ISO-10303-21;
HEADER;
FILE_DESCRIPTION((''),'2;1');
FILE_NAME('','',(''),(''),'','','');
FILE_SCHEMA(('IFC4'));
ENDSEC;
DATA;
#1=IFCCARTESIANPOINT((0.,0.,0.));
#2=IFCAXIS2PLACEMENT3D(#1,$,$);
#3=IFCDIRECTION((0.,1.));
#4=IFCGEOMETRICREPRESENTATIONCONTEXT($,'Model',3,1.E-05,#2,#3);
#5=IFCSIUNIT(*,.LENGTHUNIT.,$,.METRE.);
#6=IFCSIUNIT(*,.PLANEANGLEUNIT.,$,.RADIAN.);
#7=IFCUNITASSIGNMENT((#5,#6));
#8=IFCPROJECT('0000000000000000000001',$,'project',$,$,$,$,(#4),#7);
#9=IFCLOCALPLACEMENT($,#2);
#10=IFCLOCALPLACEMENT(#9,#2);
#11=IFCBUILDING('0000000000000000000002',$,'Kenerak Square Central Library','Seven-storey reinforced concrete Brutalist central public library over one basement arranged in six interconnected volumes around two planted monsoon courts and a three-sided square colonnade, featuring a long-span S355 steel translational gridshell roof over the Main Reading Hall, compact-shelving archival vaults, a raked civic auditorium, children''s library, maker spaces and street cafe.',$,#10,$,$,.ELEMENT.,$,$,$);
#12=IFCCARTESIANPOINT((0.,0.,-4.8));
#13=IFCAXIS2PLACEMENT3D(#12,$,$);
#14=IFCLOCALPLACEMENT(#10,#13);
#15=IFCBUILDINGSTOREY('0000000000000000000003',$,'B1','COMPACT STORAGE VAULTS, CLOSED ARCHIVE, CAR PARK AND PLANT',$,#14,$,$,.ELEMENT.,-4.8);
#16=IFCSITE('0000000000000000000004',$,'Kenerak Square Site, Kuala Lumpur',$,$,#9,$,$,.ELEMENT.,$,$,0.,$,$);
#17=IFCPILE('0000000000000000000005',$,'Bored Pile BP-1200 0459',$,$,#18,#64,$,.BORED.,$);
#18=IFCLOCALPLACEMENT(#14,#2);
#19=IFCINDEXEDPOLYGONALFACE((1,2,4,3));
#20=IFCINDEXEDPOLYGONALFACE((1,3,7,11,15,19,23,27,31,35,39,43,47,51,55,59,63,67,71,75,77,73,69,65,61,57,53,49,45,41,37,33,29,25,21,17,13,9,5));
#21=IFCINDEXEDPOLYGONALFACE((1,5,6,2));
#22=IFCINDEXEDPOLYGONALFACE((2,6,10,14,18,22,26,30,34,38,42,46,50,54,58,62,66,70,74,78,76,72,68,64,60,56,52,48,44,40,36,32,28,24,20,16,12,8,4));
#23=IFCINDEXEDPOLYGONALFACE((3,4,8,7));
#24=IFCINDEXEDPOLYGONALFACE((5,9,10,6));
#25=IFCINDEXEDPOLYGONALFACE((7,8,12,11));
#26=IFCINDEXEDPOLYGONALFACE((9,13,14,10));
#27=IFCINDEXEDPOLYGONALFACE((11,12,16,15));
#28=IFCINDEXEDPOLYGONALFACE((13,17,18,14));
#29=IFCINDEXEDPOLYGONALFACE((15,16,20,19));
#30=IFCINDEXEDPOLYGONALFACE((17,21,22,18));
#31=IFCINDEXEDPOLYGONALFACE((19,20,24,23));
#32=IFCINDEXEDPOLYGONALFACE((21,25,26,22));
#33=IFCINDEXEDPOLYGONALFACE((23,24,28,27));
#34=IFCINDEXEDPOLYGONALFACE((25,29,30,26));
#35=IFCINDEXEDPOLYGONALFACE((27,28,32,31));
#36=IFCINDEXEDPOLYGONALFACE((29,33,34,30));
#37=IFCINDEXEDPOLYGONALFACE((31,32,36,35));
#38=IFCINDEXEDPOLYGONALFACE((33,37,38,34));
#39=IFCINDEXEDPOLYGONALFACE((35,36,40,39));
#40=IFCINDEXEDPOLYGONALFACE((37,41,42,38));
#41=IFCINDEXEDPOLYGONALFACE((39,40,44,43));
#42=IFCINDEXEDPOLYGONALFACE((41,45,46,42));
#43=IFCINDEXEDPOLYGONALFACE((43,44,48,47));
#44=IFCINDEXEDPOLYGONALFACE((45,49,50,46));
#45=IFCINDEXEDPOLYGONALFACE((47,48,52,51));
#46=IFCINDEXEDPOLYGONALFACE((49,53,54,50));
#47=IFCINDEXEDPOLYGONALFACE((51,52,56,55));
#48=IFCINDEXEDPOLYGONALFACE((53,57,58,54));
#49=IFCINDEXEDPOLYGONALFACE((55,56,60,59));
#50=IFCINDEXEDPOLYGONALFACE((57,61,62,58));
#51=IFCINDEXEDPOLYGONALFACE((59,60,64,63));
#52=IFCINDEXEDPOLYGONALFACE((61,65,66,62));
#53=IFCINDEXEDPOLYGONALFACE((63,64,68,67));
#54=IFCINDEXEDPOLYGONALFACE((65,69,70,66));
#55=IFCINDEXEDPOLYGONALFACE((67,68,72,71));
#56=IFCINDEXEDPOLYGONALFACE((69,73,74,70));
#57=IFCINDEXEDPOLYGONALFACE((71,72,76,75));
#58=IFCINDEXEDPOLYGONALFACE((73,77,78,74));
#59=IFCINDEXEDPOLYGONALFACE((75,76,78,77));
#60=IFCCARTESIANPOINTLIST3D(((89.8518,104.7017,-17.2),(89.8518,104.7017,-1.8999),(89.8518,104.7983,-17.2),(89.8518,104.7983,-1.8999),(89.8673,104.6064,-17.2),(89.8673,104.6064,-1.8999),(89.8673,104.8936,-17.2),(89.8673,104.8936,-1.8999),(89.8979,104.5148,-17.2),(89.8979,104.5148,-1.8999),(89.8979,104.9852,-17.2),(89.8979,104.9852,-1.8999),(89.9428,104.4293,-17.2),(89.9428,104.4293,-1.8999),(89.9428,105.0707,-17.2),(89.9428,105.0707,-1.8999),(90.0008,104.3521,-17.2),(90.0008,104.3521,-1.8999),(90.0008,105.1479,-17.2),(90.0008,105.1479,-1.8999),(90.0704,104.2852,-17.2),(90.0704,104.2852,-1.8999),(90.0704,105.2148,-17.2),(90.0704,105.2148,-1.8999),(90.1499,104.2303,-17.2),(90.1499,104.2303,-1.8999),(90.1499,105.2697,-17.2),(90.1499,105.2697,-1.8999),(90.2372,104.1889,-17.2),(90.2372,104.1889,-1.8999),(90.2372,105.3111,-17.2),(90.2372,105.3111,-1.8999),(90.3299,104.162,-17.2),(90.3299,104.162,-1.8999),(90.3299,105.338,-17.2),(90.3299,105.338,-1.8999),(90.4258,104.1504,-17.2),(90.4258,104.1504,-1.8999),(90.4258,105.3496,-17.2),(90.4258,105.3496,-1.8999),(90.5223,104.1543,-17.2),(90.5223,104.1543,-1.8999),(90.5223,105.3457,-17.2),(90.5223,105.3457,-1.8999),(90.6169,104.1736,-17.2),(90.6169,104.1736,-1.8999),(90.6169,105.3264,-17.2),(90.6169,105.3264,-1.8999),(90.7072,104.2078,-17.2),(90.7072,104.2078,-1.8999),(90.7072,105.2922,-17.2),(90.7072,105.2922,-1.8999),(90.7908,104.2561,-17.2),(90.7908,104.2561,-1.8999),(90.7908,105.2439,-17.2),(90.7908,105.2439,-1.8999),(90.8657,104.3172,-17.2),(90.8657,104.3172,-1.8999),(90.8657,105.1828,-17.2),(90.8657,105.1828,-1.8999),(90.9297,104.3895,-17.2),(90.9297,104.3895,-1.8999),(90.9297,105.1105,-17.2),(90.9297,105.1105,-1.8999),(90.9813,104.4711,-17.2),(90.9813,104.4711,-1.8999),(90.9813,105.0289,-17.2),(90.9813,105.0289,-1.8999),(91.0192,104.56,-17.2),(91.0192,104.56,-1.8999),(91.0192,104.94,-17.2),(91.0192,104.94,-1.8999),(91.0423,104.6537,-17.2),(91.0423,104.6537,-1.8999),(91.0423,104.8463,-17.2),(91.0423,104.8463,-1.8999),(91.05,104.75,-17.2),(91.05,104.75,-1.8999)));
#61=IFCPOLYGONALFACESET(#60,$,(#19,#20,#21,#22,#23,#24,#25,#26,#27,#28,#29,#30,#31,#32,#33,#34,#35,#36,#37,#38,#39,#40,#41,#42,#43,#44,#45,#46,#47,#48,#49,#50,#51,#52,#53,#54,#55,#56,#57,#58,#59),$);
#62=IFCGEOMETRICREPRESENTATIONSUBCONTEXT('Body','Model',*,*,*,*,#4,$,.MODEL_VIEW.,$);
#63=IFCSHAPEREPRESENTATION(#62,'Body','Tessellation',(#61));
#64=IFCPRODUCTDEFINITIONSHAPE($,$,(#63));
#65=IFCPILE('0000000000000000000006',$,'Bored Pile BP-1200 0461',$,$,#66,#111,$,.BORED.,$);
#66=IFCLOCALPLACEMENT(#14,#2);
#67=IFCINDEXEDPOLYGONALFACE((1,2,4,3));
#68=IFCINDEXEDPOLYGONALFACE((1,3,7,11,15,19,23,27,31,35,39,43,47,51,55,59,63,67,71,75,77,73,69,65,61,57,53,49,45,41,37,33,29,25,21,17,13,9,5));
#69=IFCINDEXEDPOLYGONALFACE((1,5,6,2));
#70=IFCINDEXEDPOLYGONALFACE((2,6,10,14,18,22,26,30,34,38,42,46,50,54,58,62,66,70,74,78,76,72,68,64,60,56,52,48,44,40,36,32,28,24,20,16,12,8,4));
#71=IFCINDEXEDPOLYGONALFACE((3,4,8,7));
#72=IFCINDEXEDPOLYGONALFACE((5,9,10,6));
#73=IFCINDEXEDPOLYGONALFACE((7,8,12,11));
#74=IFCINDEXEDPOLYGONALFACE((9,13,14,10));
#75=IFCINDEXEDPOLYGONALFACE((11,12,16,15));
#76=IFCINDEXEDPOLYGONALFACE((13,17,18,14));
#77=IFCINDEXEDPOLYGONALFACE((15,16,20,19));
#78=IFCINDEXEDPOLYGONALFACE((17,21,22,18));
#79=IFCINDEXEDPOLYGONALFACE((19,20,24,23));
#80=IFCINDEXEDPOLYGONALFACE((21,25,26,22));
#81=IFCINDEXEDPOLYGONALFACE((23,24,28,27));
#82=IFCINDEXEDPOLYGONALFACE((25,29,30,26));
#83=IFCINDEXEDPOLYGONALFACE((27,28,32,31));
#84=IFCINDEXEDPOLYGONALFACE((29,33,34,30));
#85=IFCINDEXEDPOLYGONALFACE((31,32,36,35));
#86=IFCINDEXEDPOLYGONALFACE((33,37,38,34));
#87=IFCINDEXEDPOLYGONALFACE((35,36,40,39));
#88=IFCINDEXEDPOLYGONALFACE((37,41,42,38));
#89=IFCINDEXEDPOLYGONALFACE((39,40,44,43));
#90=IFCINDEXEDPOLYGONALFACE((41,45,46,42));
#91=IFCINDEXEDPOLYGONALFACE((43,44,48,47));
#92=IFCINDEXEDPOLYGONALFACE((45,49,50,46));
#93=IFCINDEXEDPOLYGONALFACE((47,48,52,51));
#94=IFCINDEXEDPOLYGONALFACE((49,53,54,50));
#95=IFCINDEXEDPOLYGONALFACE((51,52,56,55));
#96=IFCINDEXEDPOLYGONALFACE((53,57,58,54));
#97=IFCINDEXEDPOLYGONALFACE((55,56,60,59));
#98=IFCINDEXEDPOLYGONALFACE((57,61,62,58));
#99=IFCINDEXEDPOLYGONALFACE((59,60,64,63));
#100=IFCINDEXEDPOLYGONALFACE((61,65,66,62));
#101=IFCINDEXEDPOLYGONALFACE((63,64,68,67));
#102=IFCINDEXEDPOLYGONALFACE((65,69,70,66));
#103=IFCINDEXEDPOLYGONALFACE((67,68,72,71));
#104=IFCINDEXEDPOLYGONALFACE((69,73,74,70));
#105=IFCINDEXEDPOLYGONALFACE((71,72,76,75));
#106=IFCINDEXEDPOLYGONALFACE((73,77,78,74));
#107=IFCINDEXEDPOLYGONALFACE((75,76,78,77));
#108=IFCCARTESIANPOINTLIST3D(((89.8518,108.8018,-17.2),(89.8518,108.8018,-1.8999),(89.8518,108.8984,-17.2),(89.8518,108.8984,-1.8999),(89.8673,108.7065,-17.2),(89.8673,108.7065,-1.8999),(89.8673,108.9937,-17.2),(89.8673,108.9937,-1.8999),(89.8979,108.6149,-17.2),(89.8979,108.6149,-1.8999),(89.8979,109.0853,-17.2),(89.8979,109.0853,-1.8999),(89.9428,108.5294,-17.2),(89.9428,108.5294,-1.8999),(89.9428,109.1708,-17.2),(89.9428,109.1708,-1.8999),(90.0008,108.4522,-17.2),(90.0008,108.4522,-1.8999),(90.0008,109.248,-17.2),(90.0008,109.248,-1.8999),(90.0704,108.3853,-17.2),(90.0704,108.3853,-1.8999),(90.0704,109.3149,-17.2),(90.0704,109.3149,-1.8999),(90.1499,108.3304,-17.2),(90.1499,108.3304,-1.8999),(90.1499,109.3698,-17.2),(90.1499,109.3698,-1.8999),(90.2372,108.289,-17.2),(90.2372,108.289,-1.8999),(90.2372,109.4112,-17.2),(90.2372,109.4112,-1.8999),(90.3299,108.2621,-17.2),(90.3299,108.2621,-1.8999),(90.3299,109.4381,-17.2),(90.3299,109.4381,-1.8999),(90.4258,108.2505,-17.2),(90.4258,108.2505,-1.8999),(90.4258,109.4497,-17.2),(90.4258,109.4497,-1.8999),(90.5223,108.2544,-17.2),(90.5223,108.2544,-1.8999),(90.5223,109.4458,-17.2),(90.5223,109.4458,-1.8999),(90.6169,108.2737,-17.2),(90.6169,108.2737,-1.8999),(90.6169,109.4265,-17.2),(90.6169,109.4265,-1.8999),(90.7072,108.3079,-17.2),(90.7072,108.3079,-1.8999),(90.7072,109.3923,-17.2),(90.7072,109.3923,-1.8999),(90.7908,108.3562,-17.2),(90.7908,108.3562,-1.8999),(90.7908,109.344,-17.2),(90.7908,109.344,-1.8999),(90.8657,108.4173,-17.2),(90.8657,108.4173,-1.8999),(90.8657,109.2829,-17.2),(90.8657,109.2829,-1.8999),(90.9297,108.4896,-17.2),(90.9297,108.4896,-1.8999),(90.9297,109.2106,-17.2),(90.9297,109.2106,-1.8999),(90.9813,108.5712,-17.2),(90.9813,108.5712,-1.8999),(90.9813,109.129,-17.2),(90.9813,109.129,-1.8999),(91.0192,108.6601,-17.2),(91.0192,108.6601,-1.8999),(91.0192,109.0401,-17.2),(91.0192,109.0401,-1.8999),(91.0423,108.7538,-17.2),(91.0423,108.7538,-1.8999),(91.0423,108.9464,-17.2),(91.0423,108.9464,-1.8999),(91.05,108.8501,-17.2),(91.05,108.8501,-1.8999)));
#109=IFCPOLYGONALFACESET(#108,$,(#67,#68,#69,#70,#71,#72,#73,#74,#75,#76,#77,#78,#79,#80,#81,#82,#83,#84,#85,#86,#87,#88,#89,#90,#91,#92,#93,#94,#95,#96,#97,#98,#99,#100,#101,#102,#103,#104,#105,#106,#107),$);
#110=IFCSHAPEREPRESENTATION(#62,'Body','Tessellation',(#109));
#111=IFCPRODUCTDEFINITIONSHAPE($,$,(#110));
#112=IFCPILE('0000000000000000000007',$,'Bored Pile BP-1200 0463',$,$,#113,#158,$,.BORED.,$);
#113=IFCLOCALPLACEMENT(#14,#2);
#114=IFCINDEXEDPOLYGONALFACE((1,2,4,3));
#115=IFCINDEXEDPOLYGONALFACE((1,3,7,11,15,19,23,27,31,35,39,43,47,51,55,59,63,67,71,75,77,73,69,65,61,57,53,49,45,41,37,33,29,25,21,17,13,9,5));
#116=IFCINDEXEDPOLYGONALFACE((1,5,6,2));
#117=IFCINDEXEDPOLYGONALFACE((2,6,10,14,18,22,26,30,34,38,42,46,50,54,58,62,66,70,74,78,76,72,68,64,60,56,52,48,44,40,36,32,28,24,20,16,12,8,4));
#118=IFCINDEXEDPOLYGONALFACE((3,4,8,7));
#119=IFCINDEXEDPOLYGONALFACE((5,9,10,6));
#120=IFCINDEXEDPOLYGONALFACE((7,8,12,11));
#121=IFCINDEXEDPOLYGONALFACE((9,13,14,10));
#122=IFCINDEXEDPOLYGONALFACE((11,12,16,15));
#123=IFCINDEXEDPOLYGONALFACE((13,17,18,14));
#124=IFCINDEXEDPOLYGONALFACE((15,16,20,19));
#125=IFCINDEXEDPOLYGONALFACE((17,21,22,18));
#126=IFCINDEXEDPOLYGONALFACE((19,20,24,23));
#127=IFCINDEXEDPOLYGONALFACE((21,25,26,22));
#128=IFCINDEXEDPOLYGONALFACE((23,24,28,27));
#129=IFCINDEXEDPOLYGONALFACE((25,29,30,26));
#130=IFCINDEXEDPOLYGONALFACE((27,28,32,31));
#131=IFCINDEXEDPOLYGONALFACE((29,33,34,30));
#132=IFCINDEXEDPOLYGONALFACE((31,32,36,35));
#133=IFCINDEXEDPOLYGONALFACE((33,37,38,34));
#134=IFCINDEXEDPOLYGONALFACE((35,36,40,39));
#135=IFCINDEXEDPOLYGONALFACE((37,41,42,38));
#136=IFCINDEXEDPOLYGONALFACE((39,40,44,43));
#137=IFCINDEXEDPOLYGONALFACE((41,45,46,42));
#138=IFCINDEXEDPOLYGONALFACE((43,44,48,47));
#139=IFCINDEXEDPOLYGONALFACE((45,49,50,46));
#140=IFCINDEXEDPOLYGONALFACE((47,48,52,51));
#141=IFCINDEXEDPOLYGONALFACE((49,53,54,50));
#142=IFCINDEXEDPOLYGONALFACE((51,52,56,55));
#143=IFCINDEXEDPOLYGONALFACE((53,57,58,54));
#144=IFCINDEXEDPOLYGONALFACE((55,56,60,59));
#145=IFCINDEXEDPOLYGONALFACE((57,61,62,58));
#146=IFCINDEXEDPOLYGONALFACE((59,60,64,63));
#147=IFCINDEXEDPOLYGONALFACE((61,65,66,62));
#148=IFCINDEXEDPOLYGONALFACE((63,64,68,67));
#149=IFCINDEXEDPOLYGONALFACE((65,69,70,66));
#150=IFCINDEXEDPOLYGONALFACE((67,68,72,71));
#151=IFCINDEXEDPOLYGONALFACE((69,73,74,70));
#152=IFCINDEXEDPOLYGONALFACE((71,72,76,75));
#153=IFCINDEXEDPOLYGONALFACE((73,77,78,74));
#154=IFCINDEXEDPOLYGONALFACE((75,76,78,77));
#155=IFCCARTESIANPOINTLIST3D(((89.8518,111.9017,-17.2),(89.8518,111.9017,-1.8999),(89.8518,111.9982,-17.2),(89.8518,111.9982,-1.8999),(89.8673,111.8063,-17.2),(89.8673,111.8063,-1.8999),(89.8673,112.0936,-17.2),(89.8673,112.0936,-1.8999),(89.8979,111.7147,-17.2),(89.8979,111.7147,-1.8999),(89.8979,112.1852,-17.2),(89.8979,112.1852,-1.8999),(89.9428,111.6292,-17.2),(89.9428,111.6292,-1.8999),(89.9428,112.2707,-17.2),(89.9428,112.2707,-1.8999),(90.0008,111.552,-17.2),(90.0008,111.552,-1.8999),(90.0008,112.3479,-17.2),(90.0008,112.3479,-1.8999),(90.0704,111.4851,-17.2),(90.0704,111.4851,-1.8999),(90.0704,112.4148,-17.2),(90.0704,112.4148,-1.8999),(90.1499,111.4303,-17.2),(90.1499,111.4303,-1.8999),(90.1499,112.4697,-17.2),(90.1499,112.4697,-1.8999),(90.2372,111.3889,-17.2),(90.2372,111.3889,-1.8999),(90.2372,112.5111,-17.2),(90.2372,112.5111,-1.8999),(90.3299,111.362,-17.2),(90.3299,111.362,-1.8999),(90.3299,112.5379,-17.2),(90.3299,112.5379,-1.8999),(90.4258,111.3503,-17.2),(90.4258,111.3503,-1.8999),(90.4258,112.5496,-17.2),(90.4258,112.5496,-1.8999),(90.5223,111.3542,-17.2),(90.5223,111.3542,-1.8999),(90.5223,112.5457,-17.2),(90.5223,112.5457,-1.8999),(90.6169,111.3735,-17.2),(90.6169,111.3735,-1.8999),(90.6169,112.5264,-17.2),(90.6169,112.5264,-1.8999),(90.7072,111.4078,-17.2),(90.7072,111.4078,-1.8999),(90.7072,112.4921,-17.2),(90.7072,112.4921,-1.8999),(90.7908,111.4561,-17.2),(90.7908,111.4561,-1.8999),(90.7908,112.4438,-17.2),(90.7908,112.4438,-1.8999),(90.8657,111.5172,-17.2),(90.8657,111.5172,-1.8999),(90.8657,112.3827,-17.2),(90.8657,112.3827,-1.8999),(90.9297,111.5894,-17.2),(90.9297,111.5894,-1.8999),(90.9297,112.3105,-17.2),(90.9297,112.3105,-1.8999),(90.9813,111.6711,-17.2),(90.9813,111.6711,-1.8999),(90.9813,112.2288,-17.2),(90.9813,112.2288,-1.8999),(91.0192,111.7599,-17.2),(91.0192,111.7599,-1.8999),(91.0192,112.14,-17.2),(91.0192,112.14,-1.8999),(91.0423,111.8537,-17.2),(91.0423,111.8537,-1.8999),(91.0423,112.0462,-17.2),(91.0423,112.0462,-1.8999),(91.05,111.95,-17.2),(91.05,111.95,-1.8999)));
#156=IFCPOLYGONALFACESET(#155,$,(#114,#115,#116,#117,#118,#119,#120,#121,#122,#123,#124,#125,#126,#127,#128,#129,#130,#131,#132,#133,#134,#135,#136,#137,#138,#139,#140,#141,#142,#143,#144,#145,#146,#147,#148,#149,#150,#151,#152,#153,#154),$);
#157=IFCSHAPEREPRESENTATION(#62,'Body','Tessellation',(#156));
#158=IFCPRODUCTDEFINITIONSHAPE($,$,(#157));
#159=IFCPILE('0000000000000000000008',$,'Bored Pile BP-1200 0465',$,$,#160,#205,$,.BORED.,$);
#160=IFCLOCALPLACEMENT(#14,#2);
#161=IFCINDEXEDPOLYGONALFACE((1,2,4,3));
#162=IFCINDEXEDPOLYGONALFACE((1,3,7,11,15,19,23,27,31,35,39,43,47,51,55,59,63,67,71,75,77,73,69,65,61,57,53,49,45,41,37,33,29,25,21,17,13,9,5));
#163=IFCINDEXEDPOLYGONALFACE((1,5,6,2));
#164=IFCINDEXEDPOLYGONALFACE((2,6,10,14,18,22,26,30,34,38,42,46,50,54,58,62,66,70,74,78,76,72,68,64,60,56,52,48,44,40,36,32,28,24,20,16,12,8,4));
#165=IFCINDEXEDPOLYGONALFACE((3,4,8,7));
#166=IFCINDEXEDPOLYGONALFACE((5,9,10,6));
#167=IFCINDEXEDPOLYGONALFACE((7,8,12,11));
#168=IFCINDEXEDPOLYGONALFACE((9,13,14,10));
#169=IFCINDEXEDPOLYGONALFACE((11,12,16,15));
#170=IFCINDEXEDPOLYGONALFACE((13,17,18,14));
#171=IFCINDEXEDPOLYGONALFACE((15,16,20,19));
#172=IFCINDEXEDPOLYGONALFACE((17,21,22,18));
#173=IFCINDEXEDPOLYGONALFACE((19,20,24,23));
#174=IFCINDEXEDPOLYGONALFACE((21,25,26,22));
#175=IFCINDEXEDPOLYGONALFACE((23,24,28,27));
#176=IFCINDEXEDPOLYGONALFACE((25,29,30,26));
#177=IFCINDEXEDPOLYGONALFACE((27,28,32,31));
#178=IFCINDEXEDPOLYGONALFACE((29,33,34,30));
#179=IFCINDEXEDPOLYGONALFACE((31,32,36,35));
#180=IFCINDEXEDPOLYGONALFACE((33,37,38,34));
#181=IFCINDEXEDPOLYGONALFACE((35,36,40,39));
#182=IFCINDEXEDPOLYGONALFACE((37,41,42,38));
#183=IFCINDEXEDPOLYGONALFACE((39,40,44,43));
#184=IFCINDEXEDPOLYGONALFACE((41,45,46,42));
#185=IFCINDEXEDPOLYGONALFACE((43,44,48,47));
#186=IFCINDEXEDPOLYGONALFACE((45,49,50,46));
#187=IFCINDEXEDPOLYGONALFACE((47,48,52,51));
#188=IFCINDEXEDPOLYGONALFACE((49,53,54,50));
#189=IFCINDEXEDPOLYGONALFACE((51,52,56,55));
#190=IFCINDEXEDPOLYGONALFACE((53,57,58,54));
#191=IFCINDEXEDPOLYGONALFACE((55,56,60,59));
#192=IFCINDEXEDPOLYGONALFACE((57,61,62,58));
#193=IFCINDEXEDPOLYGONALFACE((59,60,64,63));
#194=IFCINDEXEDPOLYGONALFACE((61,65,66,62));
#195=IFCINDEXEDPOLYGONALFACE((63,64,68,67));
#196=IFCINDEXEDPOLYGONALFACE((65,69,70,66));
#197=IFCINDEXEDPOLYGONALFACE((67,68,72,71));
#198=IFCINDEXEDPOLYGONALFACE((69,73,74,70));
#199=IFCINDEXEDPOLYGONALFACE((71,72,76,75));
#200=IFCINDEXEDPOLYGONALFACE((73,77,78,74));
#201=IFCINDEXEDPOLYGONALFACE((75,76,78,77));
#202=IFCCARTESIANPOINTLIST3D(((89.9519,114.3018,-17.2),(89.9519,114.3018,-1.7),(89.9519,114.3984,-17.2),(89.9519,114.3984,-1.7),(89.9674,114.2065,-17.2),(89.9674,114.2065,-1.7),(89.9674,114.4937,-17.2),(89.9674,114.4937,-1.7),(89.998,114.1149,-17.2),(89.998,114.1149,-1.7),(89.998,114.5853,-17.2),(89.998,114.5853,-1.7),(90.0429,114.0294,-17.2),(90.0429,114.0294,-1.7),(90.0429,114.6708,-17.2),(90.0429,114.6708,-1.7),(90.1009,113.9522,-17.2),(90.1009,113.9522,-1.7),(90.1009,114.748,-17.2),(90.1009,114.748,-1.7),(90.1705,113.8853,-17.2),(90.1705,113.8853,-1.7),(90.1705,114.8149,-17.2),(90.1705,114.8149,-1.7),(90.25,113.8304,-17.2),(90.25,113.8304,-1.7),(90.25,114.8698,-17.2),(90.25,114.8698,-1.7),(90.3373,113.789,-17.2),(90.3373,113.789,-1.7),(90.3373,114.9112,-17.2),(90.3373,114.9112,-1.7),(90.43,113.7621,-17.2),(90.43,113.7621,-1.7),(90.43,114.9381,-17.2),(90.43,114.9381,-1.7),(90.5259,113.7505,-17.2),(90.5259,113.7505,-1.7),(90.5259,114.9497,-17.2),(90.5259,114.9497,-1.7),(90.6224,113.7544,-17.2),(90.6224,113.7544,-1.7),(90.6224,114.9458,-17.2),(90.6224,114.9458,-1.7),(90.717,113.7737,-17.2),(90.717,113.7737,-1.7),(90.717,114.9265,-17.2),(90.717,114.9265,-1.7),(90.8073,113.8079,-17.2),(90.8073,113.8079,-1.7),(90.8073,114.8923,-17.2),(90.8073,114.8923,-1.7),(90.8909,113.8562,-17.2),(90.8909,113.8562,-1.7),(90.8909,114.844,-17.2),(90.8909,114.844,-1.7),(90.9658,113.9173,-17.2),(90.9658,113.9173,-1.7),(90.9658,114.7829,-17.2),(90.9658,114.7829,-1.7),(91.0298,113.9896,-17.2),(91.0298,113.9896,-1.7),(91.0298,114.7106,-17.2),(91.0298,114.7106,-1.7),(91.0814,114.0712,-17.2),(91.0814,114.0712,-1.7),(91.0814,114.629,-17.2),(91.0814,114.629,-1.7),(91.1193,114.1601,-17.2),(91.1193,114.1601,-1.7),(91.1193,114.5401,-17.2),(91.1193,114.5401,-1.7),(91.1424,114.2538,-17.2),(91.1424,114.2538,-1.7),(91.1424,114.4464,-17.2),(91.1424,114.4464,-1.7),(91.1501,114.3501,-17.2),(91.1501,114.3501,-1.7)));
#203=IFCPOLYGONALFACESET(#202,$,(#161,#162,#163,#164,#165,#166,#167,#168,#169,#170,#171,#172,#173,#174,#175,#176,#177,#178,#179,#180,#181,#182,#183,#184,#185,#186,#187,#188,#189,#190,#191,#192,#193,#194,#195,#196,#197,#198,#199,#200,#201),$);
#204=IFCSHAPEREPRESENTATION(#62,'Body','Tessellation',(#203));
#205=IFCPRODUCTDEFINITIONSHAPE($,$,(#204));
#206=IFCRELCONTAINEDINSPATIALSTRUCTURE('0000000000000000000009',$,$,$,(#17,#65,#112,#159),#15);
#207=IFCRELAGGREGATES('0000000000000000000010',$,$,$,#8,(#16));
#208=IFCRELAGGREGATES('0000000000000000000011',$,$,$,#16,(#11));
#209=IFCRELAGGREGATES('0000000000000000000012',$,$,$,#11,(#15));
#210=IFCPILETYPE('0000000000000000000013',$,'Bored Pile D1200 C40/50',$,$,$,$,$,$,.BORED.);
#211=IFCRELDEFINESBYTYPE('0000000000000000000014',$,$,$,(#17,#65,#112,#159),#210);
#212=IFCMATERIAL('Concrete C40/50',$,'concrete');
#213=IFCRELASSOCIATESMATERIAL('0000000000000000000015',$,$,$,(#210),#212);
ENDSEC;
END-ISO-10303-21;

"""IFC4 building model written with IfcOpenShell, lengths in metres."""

from ifc_helpers import new_model, si_unit, direction, frame, origin, origin_2d, place, context, subcontext, project, spatial, circle, extrude, material, material_profile, profile_set, type_object, element, save


model = new_model("IFC4")

# Units and contexts
model_context = context("Model", 3, precision=1e-05, world=origin(), true_north=direction((0.0, 1.0)))
body_context = subcontext(model_context, "Body", "Model", "MODEL_VIEW")
ifc_project = project(units=[si_unit("LENGTHUNIT", "METRE"), si_unit("PLANEANGLEUNIT", "RADIAN")], contexts=[model_context])

# Site, building, storey
site_placement = place(None, origin())
site = spatial("IfcSite", under=ifc_project, at=site_placement, Name="Kenerak Square Site, Kuala Lumpur", CompositionType="ELEMENT", RefElevation=0.0)
building_placement = place(site_placement, origin())
building = spatial("IfcBuilding", under=site, at=building_placement, Name="Kenerak Square Central Library", Description="Seven-storey reinforced concrete Brutalist central public library over one basement arranged in six interconnected volumes around two planted monsoon courts and a three-sided square colonnade, featuring a long-span S355 steel translational gridshell roof over the Main Reading Hall, compact-shelving archival vaults, a raked civic auditorium, children's library, maker spaces and street cafe.", CompositionType="ELEMENT")
storey_placement = place(building_placement, frame((0.0, 0.0, -4.8)))
storey = spatial("IfcBuildingStorey", under=building, at=storey_placement, Name="B1", Description="COMPACT STORAGE VAULTS, CLOSED ARCHIVE, CAR PARK AND PLANT", CompositionType="ELEMENT", Elevation=-4.8)

# Piles
ifc_material_1 = material(Name="Concrete C40/50", Category="concrete")
ifc_material_profile_1 = material_profile(ifc_material_1, circle(Radius=0.6001, at=origin_2d()), Name="BP D1200")
ifc_profile_set_1 = profile_set([ifc_material_profile_1], Name="Concrete C40/50")
pile_type = type_object("IfcPileType", Name="Bored Pile D1200 C40/50", PredefinedType="BORED", material=ifc_profile_set_1)
for number, where, z_axis, x_axis, name in (
    (1, (90.45, 104.75, -1.8999), (0.0, 0.0, -1.0), (1.0, 0.0, 0.0), "Bored Pile BP-1200 0459"),
    (2, (90.45, 108.8501, -1.8999), (0.0, 0.0, -1.0), (1.0, 0.0, 0.0), "Bored Pile BP-1200 0461"),
    (3, (90.45, 111.95, -1.8999), (0.0, 0.0, -1.0), (1.0, 0.0, 0.0), "Bored Pile BP-1200 0463"),
):
    element("IfcPile", number, at=place(storey_placement, frame(where, z_axis=z_axis, x_axis=x_axis)), inside=storey, type_object=pile_type, Name=name, PredefinedType="BORED", context=body_context, shape_type="SweptSolid", body=[
        extrude(circle(Radius=0.6001, at=origin_2d()), origin(), (0.0, 0.0, 1.0), 15.3),
    ])
for number, where, z_axis, x_axis, name in (
    (4, (90.55, 114.3501, -1.7), (0.0, 0.0, -1.0), (1.0, 0.0, 0.0), "Bored Pile BP-1200 0465"),
):
    element("IfcPile", number, at=place(storey_placement, frame(where, z_axis=z_axis, x_axis=x_axis)), inside=storey, type_object=pile_type, Name=name, PredefinedType="BORED", context=body_context, shape_type="SweptSolid", body=[
        extrude(circle(Radius=0.6001, at=origin_2d()), origin(), (0.0, 0.0, 1.0), 15.5),
    ])

save(model, "model.ifc")
